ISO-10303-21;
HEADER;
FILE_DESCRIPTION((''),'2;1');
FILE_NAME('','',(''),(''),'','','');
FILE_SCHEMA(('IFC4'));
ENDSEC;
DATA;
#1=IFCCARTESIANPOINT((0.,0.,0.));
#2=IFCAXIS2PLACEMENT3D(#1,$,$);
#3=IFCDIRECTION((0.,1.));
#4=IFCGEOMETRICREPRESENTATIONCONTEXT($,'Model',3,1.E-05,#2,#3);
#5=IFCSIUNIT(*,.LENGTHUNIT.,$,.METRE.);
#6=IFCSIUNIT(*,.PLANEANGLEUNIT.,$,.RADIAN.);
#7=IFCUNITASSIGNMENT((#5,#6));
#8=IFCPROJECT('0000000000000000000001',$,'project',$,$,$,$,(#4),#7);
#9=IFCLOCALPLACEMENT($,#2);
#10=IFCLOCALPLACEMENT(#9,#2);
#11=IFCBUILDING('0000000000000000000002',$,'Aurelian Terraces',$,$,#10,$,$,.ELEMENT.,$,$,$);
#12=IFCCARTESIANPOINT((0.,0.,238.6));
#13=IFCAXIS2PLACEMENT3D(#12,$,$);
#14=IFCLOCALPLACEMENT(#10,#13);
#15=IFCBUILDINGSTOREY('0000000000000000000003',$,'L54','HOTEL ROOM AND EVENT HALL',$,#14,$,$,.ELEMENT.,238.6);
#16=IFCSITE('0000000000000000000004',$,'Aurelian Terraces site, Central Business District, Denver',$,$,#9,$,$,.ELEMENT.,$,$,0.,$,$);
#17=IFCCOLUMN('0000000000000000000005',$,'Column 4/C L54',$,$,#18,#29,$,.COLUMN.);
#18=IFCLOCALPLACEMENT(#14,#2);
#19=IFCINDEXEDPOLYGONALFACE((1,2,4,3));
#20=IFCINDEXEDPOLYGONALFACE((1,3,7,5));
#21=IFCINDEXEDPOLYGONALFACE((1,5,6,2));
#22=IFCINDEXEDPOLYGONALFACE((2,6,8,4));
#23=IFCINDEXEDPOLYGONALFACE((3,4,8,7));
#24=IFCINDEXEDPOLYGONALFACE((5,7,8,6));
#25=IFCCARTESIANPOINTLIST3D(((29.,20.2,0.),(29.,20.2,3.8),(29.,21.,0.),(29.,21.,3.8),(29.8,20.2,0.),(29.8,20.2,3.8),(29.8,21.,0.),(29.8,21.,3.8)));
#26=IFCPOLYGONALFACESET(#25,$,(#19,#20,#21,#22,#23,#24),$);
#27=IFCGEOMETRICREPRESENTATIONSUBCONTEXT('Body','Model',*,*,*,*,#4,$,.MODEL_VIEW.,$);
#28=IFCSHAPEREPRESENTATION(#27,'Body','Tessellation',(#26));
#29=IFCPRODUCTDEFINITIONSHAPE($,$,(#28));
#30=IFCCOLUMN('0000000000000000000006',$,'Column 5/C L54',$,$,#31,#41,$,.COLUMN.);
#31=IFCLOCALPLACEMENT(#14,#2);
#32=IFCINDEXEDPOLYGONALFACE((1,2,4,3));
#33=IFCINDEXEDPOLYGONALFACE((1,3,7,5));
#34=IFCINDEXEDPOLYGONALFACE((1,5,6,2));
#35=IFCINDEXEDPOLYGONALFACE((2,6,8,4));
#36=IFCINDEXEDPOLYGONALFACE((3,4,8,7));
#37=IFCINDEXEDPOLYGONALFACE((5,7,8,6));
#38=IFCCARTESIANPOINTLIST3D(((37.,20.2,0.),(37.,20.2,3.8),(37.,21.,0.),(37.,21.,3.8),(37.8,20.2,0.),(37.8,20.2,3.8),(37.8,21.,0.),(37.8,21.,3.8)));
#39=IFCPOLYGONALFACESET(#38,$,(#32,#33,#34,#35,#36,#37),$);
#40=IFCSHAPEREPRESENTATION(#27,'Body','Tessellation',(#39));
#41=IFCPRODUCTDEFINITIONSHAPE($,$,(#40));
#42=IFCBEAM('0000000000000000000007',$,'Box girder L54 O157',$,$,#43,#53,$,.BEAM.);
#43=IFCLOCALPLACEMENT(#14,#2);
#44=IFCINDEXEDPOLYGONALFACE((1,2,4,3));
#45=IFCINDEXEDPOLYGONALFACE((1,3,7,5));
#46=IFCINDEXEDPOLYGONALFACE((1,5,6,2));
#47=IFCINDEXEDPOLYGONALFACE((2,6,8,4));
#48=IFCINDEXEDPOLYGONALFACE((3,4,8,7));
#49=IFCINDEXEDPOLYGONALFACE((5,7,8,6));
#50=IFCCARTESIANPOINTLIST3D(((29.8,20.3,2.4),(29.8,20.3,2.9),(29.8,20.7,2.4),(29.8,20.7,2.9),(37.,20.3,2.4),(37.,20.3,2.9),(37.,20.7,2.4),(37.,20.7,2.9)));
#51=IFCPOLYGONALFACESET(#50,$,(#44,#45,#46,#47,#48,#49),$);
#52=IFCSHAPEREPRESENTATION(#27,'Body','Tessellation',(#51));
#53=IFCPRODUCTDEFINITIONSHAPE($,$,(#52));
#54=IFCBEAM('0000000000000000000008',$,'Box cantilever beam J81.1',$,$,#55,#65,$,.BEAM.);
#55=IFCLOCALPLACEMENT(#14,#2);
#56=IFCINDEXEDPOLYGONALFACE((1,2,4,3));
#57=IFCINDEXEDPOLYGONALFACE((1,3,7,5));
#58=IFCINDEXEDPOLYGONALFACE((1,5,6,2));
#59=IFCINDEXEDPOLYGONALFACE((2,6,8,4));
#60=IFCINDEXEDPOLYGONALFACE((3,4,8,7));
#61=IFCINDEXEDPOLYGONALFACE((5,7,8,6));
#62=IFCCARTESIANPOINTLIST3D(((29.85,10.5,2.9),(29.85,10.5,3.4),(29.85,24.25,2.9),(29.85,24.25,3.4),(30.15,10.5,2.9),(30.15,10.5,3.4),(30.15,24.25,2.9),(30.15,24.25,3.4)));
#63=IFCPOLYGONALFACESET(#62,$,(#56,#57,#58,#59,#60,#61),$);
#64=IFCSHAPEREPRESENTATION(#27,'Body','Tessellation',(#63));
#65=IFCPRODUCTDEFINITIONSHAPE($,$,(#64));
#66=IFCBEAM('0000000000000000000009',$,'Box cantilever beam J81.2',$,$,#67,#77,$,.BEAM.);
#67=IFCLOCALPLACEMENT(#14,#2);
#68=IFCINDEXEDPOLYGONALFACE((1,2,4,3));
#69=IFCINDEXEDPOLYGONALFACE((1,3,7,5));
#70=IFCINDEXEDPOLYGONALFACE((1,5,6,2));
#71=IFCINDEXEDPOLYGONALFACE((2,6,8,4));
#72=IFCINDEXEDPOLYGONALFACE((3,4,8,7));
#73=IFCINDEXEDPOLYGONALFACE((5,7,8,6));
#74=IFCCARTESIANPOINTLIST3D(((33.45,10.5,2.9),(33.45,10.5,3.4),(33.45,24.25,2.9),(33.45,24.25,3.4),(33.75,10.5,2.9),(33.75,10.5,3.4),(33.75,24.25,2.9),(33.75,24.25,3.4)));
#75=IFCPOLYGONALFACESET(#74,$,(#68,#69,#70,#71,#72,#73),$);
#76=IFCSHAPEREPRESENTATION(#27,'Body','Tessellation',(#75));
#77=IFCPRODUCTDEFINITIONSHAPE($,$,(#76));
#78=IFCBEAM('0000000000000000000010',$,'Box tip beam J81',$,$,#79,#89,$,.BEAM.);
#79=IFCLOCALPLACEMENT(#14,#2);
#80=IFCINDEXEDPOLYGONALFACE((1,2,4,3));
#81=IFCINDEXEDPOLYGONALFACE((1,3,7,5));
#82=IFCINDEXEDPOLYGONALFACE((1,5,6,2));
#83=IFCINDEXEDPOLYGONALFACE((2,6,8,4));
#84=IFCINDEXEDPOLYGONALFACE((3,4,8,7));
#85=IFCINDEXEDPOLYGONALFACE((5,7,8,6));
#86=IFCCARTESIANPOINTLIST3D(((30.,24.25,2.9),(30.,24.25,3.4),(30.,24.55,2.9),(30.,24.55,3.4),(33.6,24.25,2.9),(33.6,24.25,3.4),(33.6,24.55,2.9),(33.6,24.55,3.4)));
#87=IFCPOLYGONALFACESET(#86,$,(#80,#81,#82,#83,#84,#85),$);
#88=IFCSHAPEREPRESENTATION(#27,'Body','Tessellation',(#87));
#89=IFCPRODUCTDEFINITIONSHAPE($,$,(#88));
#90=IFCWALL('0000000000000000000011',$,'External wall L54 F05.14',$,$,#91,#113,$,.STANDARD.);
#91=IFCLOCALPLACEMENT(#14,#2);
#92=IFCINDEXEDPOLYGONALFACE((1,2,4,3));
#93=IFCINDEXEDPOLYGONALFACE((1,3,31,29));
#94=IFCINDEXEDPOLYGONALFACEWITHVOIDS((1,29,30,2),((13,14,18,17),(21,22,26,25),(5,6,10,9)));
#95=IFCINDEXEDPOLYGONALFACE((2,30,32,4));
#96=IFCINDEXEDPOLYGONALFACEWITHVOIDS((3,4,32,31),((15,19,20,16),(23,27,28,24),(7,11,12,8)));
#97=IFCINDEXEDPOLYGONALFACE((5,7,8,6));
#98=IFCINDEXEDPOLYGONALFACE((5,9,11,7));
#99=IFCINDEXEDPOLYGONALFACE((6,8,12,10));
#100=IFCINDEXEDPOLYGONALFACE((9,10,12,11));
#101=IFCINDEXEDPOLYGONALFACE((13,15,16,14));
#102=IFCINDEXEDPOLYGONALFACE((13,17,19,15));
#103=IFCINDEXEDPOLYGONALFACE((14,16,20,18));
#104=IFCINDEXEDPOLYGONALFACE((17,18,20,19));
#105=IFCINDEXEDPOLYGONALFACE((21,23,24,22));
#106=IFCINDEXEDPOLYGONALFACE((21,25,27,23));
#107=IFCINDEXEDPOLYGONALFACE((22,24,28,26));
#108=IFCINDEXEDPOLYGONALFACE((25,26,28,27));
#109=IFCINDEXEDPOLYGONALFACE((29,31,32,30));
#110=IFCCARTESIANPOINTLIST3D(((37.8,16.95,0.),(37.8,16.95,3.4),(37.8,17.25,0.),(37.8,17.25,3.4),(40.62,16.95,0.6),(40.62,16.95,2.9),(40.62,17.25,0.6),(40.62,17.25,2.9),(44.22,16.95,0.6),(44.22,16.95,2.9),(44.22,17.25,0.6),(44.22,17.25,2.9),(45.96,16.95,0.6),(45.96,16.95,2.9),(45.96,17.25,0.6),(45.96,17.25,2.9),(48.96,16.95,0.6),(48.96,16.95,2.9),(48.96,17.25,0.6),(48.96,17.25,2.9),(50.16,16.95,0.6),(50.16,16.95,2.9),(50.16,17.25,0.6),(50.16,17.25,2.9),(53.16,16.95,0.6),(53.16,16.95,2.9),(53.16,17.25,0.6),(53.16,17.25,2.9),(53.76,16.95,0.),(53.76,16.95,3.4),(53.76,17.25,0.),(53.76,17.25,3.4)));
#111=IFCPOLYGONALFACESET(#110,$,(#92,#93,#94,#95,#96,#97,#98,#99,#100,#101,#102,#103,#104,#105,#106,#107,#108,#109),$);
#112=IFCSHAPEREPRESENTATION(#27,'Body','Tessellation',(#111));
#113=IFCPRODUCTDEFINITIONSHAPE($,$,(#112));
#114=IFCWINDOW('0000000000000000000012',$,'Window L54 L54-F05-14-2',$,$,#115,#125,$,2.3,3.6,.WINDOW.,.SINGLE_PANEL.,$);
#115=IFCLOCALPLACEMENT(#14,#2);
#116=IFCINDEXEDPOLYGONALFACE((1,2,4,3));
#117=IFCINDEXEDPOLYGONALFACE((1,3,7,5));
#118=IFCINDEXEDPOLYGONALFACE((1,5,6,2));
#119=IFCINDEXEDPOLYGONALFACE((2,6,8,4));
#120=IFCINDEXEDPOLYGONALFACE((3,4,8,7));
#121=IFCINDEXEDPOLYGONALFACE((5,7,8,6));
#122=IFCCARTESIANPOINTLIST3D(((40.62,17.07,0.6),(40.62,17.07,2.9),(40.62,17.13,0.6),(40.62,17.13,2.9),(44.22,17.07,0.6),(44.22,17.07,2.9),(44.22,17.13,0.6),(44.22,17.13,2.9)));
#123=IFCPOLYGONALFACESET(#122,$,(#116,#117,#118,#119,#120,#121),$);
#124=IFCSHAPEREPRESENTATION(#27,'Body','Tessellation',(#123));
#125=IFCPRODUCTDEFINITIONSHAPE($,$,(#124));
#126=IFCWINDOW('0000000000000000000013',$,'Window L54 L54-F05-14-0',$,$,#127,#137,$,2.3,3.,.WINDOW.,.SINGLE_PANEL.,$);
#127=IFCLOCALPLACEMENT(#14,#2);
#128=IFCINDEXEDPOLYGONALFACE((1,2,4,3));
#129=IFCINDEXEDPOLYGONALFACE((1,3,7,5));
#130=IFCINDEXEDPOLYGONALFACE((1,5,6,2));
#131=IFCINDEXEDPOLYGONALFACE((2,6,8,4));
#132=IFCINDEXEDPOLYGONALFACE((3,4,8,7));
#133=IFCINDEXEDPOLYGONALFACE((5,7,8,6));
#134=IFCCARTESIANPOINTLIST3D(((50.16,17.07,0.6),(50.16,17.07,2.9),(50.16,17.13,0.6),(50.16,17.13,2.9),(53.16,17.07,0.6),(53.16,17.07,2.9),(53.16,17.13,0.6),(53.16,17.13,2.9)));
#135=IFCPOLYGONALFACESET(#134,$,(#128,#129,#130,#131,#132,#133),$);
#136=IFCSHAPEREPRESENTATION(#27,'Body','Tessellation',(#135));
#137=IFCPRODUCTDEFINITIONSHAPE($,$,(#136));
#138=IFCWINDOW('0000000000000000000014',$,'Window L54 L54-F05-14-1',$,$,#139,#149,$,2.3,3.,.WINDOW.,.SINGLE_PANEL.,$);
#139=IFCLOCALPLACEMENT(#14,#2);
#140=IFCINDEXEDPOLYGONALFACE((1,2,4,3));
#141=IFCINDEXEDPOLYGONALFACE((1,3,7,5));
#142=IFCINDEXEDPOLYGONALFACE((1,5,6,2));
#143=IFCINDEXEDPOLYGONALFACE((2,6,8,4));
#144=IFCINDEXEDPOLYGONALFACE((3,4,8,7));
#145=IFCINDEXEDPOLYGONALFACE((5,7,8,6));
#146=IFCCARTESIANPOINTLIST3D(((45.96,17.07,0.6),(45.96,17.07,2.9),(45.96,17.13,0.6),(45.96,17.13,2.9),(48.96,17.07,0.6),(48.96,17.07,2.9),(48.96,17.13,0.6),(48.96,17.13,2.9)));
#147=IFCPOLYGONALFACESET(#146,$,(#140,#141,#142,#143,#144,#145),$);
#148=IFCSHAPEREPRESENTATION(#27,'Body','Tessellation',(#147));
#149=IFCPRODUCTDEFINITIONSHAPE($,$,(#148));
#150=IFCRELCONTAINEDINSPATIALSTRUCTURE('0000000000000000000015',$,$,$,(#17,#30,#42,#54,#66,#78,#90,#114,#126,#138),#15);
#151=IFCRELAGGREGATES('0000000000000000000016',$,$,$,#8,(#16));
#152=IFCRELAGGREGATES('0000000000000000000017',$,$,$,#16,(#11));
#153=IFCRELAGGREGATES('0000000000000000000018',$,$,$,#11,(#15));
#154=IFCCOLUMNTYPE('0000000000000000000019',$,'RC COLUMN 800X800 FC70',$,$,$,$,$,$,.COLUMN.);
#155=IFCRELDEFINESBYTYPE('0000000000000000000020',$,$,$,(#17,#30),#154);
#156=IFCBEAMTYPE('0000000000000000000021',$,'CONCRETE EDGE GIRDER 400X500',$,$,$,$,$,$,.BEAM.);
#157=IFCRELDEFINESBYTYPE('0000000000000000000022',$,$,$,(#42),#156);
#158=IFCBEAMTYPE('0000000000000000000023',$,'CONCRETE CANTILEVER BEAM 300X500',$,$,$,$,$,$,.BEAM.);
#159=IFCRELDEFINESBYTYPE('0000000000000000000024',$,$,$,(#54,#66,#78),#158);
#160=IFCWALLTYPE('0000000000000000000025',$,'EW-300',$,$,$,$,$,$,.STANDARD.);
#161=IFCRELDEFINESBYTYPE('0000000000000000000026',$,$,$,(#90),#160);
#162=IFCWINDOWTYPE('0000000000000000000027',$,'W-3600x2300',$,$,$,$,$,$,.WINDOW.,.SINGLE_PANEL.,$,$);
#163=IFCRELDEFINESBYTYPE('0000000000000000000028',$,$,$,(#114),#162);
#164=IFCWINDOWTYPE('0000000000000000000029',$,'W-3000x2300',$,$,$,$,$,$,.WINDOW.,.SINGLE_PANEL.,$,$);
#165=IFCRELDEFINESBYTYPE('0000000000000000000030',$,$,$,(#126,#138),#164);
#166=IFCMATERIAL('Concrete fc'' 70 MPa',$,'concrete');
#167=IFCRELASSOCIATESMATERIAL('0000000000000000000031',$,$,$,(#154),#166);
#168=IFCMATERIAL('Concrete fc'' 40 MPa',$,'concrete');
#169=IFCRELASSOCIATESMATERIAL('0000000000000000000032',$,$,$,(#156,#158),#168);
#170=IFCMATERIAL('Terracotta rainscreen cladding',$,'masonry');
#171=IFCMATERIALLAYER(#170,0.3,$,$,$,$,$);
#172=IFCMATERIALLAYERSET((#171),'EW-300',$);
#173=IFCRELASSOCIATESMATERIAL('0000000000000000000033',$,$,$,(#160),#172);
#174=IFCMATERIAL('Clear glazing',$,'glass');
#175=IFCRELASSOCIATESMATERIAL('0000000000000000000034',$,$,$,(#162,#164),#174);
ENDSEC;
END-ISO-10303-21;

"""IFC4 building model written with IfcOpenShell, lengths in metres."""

from ifc_helpers import new_model, si_unit, direction, frame, frame_2d, origin, origin_2d, place, context, subcontext, project, spatial, rectangle, extrude, source, transform, mapped, material, layer, layer_set, material_profile, profile_set, type_object, element, fill, save


model = new_model("IFC4")

# Units and contexts
model_context = context("Model", 3, precision=1e-05, world=origin(), true_north=direction((0.0, 1.0)))
body_context = subcontext(model_context, "Body", "Model", "MODEL_VIEW")
ifc_project = project(units=[si_unit("LENGTHUNIT", "METRE"), si_unit("PLANEANGLEUNIT", "RADIAN")], contexts=[model_context])

# Site, building, storey
site_placement = place(None, origin())
site = spatial("IfcSite", under=ifc_project, at=site_placement, Name="Aurelian Terraces site, Central Business District, Denver", CompositionType="ELEMENT", RefElevation=0.0)
building_placement = place(site_placement, origin())
building = spatial("IfcBuilding", under=site, at=building_placement, Name="Aurelian Terraces", CompositionType="ELEMENT")
storey_placement = place(building_placement, frame((0.0, 0.0, 238.6)))
storey = spatial("IfcBuildingStorey", under=building, at=storey_placement, Name="L54", Description="HOTEL ROOM AND EVENT HALL", CompositionType="ELEMENT", Elevation=238.6)

# Columns
ifc_material_1 = material(Name="Concrete fc' 70 MPa", Category="concrete")
ifc_material_profile_1 = material_profile(ifc_material_1, rectangle(XDim=0.8, YDim=0.8, at=origin_2d()))
ifc_profile_set_1 = profile_set([ifc_material_profile_1], Name="Concrete fc' 70 MPa")
column_type = type_object("IfcColumnType", Name="RC COLUMN 800X800 FC70", PredefinedType="COLUMN", material=ifc_profile_set_1)
shared_shape_1 = source(origin(), body_context, "Body", "SweptSolid", [
    extrude(rectangle(XDim=0.8, YDim=0.8, at=origin_2d()), origin(), (0.0, 0.0, 1.0), 3.8),
])
for number, where, z_axis, x_axis, name in (
    (1, (29.4, 20.6, 0.0), (0.0, 0.0, 1.0), (1.0, 0.0, 0.0), "Column 4/C L54"),
    (2, (37.4, 20.6, 0.0), (0.0, 0.0, 1.0), (1.0, 0.0, 0.0), "Column 5/C L54"),
):
    element("IfcColumn", number, at=place(storey_placement, frame(where, z_axis=z_axis, x_axis=x_axis)), inside=storey, type_object=column_type, Name=name, PredefinedType="COLUMN", context=body_context, shape_type="MappedRepresentation", body=[
        mapped(shared_shape_1, transform((0.0, 0.0, 0.0), scale=1.0)),
    ])

# Beams
ifc_material_2 = material(Name="Concrete fc' 40 MPa", Category="concrete")
ifc_material_profile_2 = material_profile(ifc_material_2, rectangle(XDim=0.4, YDim=0.5, at=origin_2d()))
ifc_profile_set_2 = profile_set([ifc_material_profile_2], Name="Concrete fc' 40 MPa")
beam_type_1 = type_object("IfcBeamType", Name="CONCRETE EDGE GIRDER 400X500", PredefinedType="BEAM", material=ifc_profile_set_2)
shared_shape_2 = source(origin(), body_context, "Body", "SweptSolid", [
    extrude(rectangle(XDim=0.4, YDim=0.5, at=origin_2d()), origin(), (0.0, 0.0, 1.0), 7.2),
])
beam_1_placement = place(storey_placement, frame((29.8, 20.5, 2.65), z_axis=(1.0, 0.0, 0.0), x_axis=(0.0, 1.0, 0.0)))
element("IfcBeam", 3, at=beam_1_placement, inside=storey, type_object=beam_type_1, Name="Box girder L54 O157", PredefinedType="BEAM", context=body_context, shape_type="MappedRepresentation", body=[
    mapped(shared_shape_2, transform((0.0, 0.0, 0.0), scale=1.0)),
])
ifc_material_profile_3 = material_profile(ifc_material_2, rectangle(XDim=0.3, YDim=0.5, at=origin_2d()))
ifc_profile_set_3 = profile_set([ifc_material_profile_3], Name="Concrete fc' 40 MPa")
beam_type_2 = type_object("IfcBeamType", Name="CONCRETE CANTILEVER BEAM 300X500", PredefinedType="BEAM", material=ifc_profile_set_3)
shared_shape_3 = source(origin(), body_context, "Body", "SweptSolid", [
    extrude(rectangle(XDim=0.3, YDim=0.5, at=origin_2d()), origin(), (0.0, 0.0, 1.0), 13.75),
])
for number, where, z_axis, x_axis, name in (
    (4, (30.0, 24.25, 3.15), (0.0, -1.0, 0.0), (1.0, 0.0, 0.0), "Box cantilever beam J81.1"),
    (5, (33.6, 24.25, 3.15), (0.0, -1.0, 0.0), (1.0, 0.0, 0.0), "Box cantilever beam J81.2"),
):
    element("IfcBeam", number, at=place(storey_placement, frame(where, z_axis=z_axis, x_axis=x_axis)), inside=storey, type_object=beam_type_2, Name=name, PredefinedType="BEAM", context=body_context, shape_type="MappedRepresentation", body=[
        mapped(shared_shape_3, transform((0.0, 0.0, 0.0), scale=1.0)),
    ])
shared_shape_4 = source(origin(), body_context, "Body", "SweptSolid", [
    extrude(rectangle(XDim=0.3, YDim=0.5, at=origin_2d()), origin(), (0.0, 0.0, 1.0), 3.6),
])
beam_2_placement = place(storey_placement, frame((30.0, 24.4, 3.15), z_axis=(1.0, 0.0, 0.0), x_axis=(0.0, 1.0, 0.0)))
element("IfcBeam", 6, at=beam_2_placement, inside=storey, type_object=beam_type_2, Name="Box tip beam J81", PredefinedType="BEAM", context=body_context, shape_type="MappedRepresentation", body=[
    mapped(shared_shape_4, transform((0.0, 0.0, 0.0), scale=1.0)),
])

# Wall, openings, windows
ifc_material_3 = material(Name="Terracotta rainscreen cladding", Category="masonry")
ifc_layer_1 = layer(ifc_material_3, 0.3)
ifc_layer_set_1 = layer_set([ifc_layer_1], Name="EW-300")
wall_type_1 = type_object("IfcWallType", Name="EW-300", PredefinedType="STANDARD", material=ifc_layer_set_1)
shared_shape_5 = source(origin(), body_context, "Body", "SweptSolid", [
    extrude(rectangle(XDim=15.96, YDim=0.3, at=frame_2d((7.98, 0.0))), origin(), (0.0, 0.0, 1.0), 3.4),
])
wall_1_placement = place(storey_placement, frame((53.76, 17.1, 0.0), z_axis=(0.0, 0.0, 1.0), x_axis=(-1.0, 0.0, 0.0)))
wall_1 = element("IfcWall", 7, at=wall_1_placement, inside=storey, type_object=wall_type_1, Name="External wall L54 F05.14", PredefinedType="STANDARD", context=body_context, shape_type="MappedRepresentation", body=[
    mapped(shared_shape_5, transform((0.0, 0.0, 0.0), scale=1.0)),
])
shared_shape_6 = source(origin(), body_context, "Body", "SweptSolid", [
    extrude(rectangle(XDim=3.0, YDim=2.3, at=frame_2d((1.5, 1.15))), frame((0.0, 0.16, 0.0), z_axis=(0.0, -1.0, 0.0), x_axis=(1.0, 0.0, 0.0)), (0.0, 0.0, 1.0), 0.32),
])
opening_1_placement = place(wall_1_placement, frame((0.6, 0.0, 0.6)))
opening_1 = element("IfcOpeningElement", 8, at=opening_1_placement, cuts=wall_1, PredefinedType="OPENING", context=body_context, shape_type="MappedRepresentation", body=[
    mapped(shared_shape_6, transform((0.0, 0.0, 0.0), scale=1.0)),
])
opening_2_placement = place(wall_1_placement, frame((4.8, 0.0, 0.6)))
opening_2 = element("IfcOpeningElement", 9, at=opening_2_placement, cuts=wall_1, PredefinedType="OPENING", context=body_context, shape_type="MappedRepresentation", body=[
    mapped(shared_shape_6, transform((0.0, 0.0, 0.0), scale=1.0)),
])
shared_shape_7 = source(origin(), body_context, "Body", "SweptSolid", [
    extrude(rectangle(XDim=3.6, YDim=2.3, at=frame_2d((1.8, 1.15))), frame((0.0, 0.16, 0.0), z_axis=(0.0, -1.0, 0.0), x_axis=(1.0, 0.0, 0.0)), (0.0, 0.0, 1.0), 0.32),
])
opening_3_placement = place(wall_1_placement, frame((9.54, 0.0, 0.6)))
opening_3 = element("IfcOpeningElement", 10, at=opening_3_placement, cuts=wall_1, PredefinedType="OPENING", context=body_context, shape_type="MappedRepresentation", body=[
    mapped(shared_shape_7, transform((0.0, 0.0, 0.0), scale=1.0)),
])
ifc_material_4 = material(Name="Clear glazing", Category="glass")
window_type_1 = type_object("IfcWindowType", Name="W-3600x2300", PartitioningType="SINGLE_PANEL", PredefinedType="WINDOW", material=ifc_material_4)
shared_shape_8 = source(origin(), body_context, "Body", "SweptSolid", [
    extrude(rectangle(XDim=3.6, YDim=2.3, at=frame_2d((1.8, 1.15))), frame((0.0, 0.03, 0.0), z_axis=(0.0, -1.0, 0.0), x_axis=(1.0, 0.0, 0.0)), (0.0, 0.0, 1.0), 0.06),
])
window_1_placement = place(opening_3_placement, origin())
window_1 = element("IfcWindow", 11, at=window_1_placement, inside=storey, type_object=window_type_1, Name="Window L54 L54-F05-14-2", OverallHeight=2.3, OverallWidth=3.6, PartitioningType="SINGLE_PANEL", PredefinedType="WINDOW", context=body_context, shape_type="MappedRepresentation", body=[
    mapped(shared_shape_8, transform((0.0, 0.0, 0.0), scale=1.0)),
])
fill(opening_3, window_1)
window_type_2 = type_object("IfcWindowType", Name="W-3000x2300", PartitioningType="SINGLE_PANEL", PredefinedType="WINDOW", material=ifc_material_4)
shared_shape_9 = source(origin(), body_context, "Body", "SweptSolid", [
    extrude(rectangle(XDim=3.0, YDim=2.3, at=frame_2d((1.5, 1.15))), frame((0.0, 0.03, 0.0), z_axis=(0.0, -1.0, 0.0), x_axis=(1.0, 0.0, 0.0)), (0.0, 0.0, 1.0), 0.06),
])
window_2_placement = place(opening_1_placement, origin())
window_2 = element("IfcWindow", 12, at=window_2_placement, inside=storey, type_object=window_type_2, Name="Window L54 L54-F05-14-0", OverallHeight=2.3, OverallWidth=3.0, PartitioningType="SINGLE_PANEL", PredefinedType="WINDOW", context=body_context, shape_type="MappedRepresentation", body=[
    mapped(shared_shape_9, transform((0.0, 0.0, 0.0), scale=1.0)),
])
fill(opening_1, window_2)
window_3_placement = place(opening_2_placement, origin())
window_3 = element("IfcWindow", 13, at=window_3_placement, inside=storey, type_object=window_type_2, Name="Window L54 L54-F05-14-1", OverallHeight=2.3, OverallWidth=3.0, PartitioningType="SINGLE_PANEL", PredefinedType="WINDOW", context=body_context, shape_type="MappedRepresentation", body=[
    mapped(shared_shape_9, transform((0.0, 0.0, 0.0), scale=1.0)),
])
fill(opening_2, window_3)

save(model, "model.ifc")
